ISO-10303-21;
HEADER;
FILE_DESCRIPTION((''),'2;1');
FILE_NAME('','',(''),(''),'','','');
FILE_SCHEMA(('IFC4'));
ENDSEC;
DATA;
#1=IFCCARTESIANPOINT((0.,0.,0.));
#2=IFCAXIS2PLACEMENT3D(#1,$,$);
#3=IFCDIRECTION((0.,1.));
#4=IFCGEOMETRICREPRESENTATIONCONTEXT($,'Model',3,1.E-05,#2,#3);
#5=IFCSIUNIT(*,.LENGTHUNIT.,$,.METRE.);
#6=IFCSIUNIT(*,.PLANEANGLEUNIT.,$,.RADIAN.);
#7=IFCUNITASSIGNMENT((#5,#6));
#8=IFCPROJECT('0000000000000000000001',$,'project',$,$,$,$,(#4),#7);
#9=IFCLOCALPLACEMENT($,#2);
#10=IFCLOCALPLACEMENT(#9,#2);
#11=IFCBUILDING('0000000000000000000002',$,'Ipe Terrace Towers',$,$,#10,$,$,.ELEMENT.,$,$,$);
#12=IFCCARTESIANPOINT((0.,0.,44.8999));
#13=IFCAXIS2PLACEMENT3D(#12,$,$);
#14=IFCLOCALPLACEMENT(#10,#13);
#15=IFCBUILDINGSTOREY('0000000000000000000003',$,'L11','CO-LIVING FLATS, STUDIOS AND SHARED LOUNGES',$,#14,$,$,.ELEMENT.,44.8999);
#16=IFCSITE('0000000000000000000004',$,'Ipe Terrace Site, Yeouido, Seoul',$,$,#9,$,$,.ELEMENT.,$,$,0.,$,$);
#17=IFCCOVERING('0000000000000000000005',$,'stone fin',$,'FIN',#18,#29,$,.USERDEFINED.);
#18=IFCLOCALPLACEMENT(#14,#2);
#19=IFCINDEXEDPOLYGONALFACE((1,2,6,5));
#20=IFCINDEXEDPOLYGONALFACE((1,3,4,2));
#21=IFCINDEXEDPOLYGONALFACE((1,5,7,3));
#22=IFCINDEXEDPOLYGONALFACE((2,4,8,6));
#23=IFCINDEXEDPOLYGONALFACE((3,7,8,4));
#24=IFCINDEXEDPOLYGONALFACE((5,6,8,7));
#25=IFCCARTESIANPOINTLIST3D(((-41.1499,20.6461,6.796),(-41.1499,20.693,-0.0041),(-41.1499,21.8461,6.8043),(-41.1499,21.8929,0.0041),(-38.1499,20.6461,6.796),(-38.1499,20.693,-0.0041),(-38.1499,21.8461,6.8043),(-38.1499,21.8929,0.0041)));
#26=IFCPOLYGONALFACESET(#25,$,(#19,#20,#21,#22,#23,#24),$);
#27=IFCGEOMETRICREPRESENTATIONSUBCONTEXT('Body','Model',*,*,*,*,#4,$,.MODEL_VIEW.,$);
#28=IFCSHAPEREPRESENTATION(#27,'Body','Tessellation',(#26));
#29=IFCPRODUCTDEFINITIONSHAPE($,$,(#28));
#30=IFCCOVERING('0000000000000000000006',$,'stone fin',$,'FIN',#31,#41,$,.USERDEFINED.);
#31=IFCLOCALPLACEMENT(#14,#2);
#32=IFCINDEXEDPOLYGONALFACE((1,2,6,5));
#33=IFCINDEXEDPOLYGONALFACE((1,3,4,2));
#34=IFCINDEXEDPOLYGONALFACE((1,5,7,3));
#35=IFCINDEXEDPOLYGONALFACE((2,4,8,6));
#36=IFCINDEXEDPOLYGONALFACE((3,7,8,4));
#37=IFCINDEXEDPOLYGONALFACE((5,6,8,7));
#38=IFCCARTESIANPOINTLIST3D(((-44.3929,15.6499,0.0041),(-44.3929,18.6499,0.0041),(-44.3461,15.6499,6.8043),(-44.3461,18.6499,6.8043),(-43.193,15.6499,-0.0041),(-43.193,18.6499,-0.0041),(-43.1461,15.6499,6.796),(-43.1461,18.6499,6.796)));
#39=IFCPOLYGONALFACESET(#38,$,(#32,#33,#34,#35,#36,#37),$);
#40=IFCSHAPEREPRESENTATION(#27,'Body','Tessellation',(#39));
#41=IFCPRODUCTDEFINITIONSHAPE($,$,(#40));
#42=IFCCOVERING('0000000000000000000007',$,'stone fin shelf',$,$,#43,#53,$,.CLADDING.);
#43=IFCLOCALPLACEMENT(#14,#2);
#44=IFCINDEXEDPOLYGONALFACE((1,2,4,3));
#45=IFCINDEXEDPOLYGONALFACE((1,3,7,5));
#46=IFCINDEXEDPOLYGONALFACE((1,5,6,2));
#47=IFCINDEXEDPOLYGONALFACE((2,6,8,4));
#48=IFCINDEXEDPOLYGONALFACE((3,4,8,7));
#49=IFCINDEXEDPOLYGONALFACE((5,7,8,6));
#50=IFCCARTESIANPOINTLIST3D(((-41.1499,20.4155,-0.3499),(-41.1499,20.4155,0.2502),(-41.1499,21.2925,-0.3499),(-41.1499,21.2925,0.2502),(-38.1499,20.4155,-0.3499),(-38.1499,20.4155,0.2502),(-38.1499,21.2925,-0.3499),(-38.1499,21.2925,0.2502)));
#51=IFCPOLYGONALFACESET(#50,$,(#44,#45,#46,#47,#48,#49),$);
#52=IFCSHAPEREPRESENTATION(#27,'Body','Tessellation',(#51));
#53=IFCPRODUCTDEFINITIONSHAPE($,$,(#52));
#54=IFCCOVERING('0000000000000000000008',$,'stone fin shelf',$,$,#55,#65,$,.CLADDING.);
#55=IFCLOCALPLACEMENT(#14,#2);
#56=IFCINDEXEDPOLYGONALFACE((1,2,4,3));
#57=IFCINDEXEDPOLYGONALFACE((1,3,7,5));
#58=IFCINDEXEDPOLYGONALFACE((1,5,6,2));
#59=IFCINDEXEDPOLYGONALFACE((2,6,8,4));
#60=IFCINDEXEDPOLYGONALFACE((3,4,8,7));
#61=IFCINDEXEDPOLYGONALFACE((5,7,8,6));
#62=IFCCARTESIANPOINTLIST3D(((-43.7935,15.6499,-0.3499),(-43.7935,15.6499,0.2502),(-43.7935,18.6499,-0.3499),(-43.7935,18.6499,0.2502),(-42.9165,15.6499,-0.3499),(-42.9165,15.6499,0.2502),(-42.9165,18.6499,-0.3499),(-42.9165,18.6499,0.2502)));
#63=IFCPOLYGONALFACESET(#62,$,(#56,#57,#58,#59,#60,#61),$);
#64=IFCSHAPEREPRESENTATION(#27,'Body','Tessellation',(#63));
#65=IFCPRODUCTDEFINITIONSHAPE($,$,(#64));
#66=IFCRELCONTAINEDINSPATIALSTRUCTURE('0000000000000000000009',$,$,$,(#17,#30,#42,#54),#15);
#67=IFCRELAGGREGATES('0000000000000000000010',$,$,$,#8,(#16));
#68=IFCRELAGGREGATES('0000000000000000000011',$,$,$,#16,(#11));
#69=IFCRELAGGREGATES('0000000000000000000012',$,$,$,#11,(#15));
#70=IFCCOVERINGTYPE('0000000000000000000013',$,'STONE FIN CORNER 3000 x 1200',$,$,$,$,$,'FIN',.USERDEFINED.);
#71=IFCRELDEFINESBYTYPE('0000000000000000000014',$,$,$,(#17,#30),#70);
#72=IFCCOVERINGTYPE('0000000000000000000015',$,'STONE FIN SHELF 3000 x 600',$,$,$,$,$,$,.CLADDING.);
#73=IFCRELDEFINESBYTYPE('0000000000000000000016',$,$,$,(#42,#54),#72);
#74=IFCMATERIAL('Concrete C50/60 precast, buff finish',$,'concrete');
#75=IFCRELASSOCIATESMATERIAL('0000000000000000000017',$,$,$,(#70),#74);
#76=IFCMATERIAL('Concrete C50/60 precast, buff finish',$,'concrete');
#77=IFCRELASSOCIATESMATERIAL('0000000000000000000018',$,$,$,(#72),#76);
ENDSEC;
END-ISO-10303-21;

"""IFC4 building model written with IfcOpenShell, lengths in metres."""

from ifc_helpers import new_model, si_unit, direction, frame, origin, origin_2d, place, context, subcontext, project, spatial, rectangle, extrude, material, material_profile, profile_set, type_object, element, save


model = new_model("IFC4")

# Units and contexts
model_context = context("Model", 3, precision=1e-05, world=origin(), true_north=direction((0.0, 1.0)))
body_context = subcontext(model_context, "Body", "Model", "MODEL_VIEW")
ifc_project = project(units=[si_unit("LENGTHUNIT", "METRE"), si_unit("PLANEANGLEUNIT", "RADIAN")], contexts=[model_context])

# Site, building, storey
site_placement = place(None, origin())
site = spatial("IfcSite", under=ifc_project, at=site_placement, Name="Ipe Terrace Site, Yeouido, Seoul", CompositionType="ELEMENT", RefElevation=0.0)
building_placement = place(site_placement, origin())
building = spatial("IfcBuilding", under=site, at=building_placement, Name="Ipe Terrace Towers", CompositionType="ELEMENT")
storey_placement = place(building_placement, frame((0.0, 0.0, 44.8999)))
storey = spatial("IfcBuildingStorey", under=building, at=storey_placement, Name="L11", Description="CO-LIVING FLATS, STUDIOS AND SHARED LOUNGES", CompositionType="ELEMENT", Elevation=44.8999)

# Coverings
ifc_material_1 = material(Name="Concrete C50/60 precast, buff finish", Category="concrete")
ifc_material_profile_1 = material_profile(ifc_material_1, rectangle(XDim=3.0, YDim=1.2, at=origin_2d()), Name="STONE FIN CORNER 3000 x 1200")
ifc_profile_set_1 = profile_set([ifc_material_profile_1], Name="Concrete C50/60 precast, buff finish")
covering_type_1 = type_object("IfcCoveringType", Name="STONE FIN CORNER 3000 x 1200", ElementType="FIN", PredefinedType="USERDEFINED", material=ifc_profile_set_1)
for number, where, z_axis, x_axis, name in (
    (1, (-39.6499, 21.293, 0.0), (0.0, -0.006893, 0.999976), (-1.0, 0.0, 0.0), "stone fin"),
    (2, (-43.793, 17.1499, 0.0), (0.006893, 0.0, 0.999976), (0.0, -1.0, 0.0), "stone fin"),
):
    element("IfcCovering", number, at=place(storey_placement, frame(where, z_axis=z_axis, x_axis=x_axis)), inside=storey, type_object=covering_type_1, Name=name, ObjectType="FIN", PredefinedType="USERDEFINED", context=body_context, shape_type="SweptSolid", body=[
        extrude(rectangle(XDim=3.0, YDim=1.2, at=origin_2d()), origin(), (0.0, 0.0, 1.0), 6.8003),
    ])
ifc_material_2 = material(Name="Concrete C50/60 precast, buff finish", Category="concrete")
covering_type_2 = type_object("IfcCoveringType", Name="STONE FIN SHELF 3000 x 600", PredefinedType="CLADDING", material=ifc_material_2)
for number, where, z_axis, x_axis, name in (
    (3, (-39.6499, 20.854, -0.3499), (0.0, 0.0, 1.0), (-1.0, 0.0, 0.0), "stone fin shelf"),
    (4, (-43.355, 17.1499, -0.3499), (0.0, 0.0, 1.0), (0.0, -1.0, 0.0), "stone fin shelf"),
):
    element("IfcCovering", number, at=place(storey_placement, frame(where, z_axis=z_axis, x_axis=x_axis)), inside=storey, type_object=covering_type_2, Name=name, PredefinedType="CLADDING", context=body_context, shape_type="SweptSolid", body=[
        extrude(rectangle(XDim=3.0, YDim=0.877, at=origin_2d()), origin(), (0.0, 0.0, 1.0), 0.6001),
    ])

save(model, "model.ifc")
